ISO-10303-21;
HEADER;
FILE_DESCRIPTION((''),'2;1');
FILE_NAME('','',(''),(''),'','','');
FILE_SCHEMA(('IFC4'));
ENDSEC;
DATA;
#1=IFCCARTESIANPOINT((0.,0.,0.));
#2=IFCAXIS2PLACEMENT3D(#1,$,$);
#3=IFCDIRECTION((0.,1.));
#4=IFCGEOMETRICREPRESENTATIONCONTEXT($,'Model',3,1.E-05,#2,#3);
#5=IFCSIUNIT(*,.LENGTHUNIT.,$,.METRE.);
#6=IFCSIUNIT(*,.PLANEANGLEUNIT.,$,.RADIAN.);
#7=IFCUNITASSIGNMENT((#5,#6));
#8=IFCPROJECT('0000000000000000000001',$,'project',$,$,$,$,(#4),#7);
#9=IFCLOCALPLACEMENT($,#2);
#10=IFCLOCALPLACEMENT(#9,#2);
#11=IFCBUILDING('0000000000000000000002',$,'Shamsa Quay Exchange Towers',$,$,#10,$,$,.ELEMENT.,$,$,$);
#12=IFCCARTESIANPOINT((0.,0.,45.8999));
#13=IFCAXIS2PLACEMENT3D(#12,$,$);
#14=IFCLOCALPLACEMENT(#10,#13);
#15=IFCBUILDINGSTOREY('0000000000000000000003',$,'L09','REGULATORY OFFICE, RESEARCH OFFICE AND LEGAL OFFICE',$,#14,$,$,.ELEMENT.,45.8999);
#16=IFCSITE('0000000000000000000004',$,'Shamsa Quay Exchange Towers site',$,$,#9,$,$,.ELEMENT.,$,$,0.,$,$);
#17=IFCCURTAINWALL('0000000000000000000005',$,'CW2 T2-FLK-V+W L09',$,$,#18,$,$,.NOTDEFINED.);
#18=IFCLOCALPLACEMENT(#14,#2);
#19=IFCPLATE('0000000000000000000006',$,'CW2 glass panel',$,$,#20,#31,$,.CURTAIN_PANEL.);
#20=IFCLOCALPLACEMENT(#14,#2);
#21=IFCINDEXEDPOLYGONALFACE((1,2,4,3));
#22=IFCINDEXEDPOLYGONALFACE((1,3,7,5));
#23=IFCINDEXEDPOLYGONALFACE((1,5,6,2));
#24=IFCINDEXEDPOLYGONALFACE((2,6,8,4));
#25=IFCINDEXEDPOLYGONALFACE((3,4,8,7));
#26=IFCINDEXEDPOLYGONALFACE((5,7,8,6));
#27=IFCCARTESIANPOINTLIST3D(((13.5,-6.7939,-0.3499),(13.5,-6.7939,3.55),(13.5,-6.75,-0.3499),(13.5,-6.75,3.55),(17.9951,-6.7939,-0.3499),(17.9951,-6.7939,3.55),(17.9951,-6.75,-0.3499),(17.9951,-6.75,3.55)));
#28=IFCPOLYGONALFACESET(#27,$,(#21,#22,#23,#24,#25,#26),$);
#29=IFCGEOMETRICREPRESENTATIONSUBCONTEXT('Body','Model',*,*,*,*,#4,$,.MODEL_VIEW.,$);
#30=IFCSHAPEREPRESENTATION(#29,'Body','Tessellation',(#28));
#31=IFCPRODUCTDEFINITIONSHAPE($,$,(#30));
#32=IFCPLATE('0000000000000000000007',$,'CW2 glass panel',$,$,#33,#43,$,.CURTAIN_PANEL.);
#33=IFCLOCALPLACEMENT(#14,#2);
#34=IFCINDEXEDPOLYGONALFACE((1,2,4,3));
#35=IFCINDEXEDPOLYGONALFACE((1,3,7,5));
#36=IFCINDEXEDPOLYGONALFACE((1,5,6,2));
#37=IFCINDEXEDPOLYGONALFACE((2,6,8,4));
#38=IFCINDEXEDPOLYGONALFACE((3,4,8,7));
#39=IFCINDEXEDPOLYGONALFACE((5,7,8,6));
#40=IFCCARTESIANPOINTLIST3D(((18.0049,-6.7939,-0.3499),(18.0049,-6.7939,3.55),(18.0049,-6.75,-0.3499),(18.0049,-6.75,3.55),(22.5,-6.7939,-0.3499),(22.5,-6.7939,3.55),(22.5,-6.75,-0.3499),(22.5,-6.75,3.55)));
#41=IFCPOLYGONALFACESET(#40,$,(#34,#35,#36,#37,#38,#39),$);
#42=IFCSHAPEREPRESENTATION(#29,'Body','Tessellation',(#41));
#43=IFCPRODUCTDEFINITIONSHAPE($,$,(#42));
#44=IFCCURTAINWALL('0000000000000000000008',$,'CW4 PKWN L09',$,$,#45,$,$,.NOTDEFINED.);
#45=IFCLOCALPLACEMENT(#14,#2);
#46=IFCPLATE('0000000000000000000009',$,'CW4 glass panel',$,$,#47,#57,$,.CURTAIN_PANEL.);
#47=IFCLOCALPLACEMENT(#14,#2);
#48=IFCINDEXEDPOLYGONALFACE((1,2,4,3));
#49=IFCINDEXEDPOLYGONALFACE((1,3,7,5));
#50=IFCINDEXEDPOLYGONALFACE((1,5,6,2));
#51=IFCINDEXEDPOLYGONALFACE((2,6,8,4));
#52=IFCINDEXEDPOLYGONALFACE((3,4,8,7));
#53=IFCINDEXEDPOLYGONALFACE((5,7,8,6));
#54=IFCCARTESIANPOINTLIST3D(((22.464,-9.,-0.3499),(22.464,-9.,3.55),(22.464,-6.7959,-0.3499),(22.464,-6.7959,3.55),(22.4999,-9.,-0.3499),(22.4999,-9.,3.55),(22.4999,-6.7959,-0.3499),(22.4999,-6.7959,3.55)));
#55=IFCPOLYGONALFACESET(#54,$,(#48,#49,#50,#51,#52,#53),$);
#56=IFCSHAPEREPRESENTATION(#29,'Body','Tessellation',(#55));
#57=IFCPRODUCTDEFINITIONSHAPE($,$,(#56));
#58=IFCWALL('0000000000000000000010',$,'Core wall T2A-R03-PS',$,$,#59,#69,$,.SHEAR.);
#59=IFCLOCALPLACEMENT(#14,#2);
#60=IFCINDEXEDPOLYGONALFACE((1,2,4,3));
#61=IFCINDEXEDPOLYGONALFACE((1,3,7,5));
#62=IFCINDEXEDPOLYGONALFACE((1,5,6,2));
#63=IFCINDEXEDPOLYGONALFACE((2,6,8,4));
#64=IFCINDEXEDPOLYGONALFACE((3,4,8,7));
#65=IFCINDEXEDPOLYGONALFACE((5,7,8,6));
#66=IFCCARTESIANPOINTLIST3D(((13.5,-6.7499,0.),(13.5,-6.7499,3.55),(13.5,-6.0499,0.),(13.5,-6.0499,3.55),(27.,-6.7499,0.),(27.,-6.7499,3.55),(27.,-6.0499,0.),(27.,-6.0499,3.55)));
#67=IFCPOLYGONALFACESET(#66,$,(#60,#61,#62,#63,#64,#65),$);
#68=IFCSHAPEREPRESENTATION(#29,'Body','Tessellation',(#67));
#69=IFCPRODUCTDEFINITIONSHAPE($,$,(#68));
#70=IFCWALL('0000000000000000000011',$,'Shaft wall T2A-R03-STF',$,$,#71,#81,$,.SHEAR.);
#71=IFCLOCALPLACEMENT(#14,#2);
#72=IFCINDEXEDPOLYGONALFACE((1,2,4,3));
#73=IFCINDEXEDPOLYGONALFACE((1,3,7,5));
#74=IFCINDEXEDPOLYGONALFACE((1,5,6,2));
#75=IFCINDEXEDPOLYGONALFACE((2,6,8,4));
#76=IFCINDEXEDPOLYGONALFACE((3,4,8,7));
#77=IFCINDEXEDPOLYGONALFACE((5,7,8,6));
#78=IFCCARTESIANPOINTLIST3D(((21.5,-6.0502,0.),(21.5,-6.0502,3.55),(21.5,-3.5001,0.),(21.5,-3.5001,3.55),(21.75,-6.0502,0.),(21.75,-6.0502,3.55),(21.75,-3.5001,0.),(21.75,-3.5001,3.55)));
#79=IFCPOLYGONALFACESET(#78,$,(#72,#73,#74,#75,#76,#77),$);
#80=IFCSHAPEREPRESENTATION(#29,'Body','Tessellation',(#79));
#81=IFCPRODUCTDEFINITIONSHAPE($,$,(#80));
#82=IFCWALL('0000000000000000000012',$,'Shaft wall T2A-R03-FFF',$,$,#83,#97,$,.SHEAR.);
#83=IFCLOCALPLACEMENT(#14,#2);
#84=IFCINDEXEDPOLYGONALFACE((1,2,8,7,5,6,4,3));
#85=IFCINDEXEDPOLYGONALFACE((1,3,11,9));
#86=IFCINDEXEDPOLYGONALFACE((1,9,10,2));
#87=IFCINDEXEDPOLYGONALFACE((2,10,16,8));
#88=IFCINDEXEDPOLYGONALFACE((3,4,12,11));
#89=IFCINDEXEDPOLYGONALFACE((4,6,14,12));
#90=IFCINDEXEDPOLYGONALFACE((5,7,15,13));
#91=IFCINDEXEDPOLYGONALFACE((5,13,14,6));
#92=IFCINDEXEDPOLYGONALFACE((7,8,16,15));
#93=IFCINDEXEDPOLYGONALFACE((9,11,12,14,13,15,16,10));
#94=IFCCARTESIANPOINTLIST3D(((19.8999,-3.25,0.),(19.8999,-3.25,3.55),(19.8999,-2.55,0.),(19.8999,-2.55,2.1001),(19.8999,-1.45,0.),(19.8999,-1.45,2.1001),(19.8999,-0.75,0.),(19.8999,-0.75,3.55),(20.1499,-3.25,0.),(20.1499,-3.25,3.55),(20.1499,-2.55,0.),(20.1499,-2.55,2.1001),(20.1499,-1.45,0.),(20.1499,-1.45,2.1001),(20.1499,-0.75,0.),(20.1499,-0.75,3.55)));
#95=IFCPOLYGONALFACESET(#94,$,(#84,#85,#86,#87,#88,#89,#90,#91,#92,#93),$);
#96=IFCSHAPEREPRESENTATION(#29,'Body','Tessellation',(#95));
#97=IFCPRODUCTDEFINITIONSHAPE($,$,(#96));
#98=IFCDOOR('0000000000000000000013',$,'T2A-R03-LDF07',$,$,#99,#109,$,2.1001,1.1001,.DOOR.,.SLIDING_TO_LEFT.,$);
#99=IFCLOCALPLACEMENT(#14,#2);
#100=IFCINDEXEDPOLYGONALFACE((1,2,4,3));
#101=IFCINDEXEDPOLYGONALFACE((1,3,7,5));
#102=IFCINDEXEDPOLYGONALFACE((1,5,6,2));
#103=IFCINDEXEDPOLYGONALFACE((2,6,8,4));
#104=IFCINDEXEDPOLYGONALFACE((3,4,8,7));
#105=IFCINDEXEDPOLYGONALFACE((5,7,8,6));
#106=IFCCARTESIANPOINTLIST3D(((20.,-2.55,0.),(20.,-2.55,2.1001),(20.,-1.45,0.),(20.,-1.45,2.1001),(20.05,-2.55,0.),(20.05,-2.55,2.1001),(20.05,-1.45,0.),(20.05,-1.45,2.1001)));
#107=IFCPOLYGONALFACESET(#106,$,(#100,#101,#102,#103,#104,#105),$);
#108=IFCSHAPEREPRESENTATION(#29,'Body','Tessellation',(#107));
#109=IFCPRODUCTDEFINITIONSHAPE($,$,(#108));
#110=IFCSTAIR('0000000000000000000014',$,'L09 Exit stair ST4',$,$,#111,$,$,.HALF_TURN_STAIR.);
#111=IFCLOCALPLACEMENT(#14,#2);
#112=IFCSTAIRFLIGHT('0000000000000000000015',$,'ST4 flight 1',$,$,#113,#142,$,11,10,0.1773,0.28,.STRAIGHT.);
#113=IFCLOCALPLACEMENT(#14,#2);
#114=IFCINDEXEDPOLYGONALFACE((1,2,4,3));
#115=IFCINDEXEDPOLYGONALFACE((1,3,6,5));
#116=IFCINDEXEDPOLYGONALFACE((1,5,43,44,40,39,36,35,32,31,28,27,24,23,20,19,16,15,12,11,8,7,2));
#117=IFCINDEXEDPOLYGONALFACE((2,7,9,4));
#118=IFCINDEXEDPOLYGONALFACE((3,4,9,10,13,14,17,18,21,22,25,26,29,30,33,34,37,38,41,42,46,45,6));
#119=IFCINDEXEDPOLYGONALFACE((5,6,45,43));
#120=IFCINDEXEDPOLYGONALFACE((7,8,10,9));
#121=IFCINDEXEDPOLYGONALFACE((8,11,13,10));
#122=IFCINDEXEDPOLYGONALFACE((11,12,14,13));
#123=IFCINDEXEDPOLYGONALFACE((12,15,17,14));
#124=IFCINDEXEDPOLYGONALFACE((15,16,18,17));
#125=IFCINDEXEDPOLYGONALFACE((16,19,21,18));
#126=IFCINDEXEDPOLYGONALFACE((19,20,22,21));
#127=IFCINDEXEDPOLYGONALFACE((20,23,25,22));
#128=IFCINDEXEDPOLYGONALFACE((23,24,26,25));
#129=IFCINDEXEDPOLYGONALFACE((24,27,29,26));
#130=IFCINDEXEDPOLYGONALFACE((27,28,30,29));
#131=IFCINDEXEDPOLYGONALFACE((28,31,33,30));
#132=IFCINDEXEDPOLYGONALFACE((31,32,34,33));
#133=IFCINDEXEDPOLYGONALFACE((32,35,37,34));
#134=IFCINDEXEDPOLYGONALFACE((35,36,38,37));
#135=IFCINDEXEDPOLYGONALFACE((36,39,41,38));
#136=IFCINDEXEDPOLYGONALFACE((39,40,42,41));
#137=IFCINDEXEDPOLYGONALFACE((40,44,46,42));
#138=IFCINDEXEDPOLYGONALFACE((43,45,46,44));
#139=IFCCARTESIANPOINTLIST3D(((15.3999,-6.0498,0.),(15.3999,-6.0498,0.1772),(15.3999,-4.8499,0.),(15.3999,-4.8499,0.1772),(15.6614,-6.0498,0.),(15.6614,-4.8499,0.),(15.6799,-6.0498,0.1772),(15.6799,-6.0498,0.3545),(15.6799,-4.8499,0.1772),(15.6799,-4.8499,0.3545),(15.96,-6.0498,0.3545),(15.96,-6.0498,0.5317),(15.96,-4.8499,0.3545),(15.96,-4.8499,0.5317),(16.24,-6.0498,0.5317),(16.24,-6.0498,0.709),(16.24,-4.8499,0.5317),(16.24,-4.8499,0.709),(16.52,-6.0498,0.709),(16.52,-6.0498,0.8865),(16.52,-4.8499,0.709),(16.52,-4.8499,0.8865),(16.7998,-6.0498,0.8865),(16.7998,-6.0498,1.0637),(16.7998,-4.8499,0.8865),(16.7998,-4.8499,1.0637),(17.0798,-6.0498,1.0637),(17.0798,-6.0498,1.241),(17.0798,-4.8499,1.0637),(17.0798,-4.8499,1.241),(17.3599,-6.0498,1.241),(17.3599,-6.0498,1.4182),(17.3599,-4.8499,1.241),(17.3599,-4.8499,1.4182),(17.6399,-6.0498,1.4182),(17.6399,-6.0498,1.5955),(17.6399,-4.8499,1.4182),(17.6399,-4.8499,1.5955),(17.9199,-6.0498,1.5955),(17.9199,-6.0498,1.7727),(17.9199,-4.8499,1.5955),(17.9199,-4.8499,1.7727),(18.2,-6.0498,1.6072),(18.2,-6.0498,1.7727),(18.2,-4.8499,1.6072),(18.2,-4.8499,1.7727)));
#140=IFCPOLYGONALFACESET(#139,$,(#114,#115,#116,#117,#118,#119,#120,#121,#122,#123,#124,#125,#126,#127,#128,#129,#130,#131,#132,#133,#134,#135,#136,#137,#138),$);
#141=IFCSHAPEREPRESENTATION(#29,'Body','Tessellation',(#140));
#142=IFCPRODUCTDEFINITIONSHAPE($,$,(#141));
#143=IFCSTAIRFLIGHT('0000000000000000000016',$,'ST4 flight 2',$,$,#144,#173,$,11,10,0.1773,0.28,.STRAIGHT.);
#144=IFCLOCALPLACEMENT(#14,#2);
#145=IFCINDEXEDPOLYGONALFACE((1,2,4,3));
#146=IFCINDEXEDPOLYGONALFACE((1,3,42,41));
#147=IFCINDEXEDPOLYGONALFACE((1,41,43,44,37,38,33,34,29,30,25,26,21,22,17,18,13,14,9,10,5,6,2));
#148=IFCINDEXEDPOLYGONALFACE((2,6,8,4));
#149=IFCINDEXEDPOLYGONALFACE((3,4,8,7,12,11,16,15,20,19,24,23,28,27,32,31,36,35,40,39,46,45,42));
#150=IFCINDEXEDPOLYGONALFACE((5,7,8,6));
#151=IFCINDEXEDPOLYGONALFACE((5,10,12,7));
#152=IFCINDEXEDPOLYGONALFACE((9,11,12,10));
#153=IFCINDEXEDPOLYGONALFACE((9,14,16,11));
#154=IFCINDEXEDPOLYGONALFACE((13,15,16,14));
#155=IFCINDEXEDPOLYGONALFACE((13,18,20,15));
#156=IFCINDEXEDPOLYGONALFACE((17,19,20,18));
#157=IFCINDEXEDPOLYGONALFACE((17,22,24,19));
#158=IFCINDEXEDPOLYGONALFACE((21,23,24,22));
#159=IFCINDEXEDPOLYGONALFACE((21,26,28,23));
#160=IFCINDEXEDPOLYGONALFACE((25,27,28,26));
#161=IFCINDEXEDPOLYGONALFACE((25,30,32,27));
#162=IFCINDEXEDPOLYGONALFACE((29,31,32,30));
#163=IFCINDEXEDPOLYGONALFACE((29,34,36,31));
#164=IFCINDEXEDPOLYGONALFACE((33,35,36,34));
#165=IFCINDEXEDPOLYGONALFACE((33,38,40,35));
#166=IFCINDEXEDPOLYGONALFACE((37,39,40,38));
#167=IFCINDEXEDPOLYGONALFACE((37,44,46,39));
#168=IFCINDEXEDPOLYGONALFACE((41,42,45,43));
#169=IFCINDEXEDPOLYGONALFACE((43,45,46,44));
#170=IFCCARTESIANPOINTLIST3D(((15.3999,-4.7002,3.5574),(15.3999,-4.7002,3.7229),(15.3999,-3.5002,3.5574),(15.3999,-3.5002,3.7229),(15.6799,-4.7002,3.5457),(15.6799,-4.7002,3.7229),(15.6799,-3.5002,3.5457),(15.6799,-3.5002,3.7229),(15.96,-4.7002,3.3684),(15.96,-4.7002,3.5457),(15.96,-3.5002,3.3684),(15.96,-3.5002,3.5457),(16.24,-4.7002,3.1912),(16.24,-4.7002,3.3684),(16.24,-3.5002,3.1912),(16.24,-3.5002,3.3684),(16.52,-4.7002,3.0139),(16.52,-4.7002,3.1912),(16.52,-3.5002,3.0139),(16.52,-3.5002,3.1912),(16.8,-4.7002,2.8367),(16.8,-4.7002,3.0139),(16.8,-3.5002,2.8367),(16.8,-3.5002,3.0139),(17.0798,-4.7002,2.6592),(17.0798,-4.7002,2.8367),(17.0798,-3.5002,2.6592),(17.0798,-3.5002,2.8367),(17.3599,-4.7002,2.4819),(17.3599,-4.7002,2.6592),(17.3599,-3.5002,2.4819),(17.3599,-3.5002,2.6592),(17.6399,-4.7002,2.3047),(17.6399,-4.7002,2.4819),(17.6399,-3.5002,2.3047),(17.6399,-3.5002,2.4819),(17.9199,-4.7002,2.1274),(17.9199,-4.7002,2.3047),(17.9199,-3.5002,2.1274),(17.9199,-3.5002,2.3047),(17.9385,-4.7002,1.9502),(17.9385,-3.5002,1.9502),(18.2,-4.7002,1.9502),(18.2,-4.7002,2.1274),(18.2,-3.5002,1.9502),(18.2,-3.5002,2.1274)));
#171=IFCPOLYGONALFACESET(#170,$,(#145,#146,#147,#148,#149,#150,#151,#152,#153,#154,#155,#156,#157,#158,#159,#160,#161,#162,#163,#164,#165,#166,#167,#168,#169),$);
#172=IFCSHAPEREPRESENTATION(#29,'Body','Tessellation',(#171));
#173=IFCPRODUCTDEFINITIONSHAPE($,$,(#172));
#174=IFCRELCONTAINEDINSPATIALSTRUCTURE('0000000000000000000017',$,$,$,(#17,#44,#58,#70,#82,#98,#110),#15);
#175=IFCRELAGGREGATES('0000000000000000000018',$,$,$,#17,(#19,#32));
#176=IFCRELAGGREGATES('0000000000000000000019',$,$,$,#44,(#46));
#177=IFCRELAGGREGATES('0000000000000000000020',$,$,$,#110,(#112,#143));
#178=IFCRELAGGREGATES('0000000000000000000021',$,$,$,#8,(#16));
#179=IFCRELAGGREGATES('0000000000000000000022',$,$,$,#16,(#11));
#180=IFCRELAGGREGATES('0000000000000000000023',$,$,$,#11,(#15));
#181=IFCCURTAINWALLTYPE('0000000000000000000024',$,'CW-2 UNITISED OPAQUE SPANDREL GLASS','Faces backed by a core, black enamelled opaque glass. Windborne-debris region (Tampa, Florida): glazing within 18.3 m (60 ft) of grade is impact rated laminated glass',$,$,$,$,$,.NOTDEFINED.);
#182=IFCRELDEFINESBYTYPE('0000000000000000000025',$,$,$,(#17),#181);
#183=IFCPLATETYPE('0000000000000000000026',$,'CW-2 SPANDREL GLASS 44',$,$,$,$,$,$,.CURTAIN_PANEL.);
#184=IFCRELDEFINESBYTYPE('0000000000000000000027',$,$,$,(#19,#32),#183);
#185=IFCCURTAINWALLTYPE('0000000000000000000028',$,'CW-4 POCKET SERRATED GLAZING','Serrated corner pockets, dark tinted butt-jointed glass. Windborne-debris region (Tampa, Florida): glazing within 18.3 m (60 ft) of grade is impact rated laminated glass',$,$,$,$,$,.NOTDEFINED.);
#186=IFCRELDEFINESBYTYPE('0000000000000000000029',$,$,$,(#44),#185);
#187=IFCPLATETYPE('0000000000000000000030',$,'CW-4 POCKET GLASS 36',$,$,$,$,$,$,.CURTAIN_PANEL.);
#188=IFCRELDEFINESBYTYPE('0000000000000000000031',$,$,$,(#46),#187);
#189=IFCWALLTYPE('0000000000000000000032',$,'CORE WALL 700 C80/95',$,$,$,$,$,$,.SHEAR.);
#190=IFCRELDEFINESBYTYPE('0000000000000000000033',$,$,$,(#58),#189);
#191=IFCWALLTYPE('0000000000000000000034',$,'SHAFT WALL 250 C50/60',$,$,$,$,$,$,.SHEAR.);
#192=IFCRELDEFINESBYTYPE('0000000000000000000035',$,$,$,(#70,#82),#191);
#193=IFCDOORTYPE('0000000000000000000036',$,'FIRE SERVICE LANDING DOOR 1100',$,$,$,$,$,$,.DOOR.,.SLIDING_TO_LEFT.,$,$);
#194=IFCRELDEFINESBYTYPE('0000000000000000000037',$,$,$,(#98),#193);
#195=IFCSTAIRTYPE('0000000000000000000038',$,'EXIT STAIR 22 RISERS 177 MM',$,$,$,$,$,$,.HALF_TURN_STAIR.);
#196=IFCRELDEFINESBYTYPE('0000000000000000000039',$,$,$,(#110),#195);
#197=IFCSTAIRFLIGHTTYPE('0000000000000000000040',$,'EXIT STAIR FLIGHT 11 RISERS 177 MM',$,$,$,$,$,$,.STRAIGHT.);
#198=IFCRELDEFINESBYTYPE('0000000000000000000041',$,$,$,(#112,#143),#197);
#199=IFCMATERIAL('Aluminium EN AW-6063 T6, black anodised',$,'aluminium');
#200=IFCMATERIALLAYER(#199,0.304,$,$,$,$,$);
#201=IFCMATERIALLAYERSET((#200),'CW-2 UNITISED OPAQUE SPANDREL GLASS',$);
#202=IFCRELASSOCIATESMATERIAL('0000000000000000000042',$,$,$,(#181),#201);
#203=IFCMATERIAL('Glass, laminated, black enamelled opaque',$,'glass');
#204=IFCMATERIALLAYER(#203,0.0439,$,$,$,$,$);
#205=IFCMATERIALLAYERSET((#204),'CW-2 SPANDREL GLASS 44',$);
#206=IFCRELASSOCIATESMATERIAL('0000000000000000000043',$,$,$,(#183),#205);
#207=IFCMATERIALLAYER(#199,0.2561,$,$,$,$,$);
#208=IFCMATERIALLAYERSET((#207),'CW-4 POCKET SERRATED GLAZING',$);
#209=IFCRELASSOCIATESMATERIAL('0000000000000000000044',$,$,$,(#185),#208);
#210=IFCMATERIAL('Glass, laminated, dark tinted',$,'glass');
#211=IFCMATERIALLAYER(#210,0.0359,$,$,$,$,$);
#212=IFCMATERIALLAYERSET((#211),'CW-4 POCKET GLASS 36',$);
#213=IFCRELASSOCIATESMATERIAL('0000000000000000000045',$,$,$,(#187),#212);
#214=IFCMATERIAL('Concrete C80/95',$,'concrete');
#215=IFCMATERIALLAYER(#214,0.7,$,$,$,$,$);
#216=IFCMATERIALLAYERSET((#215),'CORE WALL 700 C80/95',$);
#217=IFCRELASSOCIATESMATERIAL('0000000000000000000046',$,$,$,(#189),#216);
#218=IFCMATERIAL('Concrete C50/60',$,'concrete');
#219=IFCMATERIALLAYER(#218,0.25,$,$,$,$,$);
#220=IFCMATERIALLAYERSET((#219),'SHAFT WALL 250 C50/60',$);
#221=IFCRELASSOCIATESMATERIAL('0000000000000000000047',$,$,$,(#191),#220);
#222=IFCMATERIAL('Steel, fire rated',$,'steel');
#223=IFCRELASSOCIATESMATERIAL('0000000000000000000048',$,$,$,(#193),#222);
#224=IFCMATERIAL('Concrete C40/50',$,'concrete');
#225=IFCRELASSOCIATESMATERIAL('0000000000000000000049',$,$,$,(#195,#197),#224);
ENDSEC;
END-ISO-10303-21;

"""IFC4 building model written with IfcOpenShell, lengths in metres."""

from ifc_helpers import new_model, si_unit, direction, frame, frame_2d, origin, origin_2d, place, context, subcontext, project, spatial, polyline, rectangle, outline, extrude, material, layer, layer_set, type_object, element, fill, aggregate, save


model = new_model("IFC4")

# Units and contexts
model_context = context("Model", 3, precision=1e-05, world=origin(), true_north=direction((0.0, 1.0)))
body_context = subcontext(model_context, "Body", "Model", "MODEL_VIEW")
ifc_project = project(units=[si_unit("LENGTHUNIT", "METRE"), si_unit("PLANEANGLEUNIT", "RADIAN")], contexts=[model_context])

# Site, building, storey
site_placement = place(None, origin())
site = spatial("IfcSite", under=ifc_project, at=site_placement, Name="Shamsa Quay Exchange Towers site", CompositionType="ELEMENT", RefElevation=0.0)
building_placement = place(site_placement, origin())
building = spatial("IfcBuilding", under=site, at=building_placement, Name="Shamsa Quay Exchange Towers", CompositionType="ELEMENT")
storey_placement = place(building_placement, frame((0.0, 0.0, 45.8999)))
storey = spatial("IfcBuildingStorey", under=building, at=storey_placement, Name="L09", Description="REGULATORY OFFICE, RESEARCH OFFICE AND LEGAL OFFICE", CompositionType="ELEMENT", Elevation=45.8999)

# Shared definitions
ifc_material_1 = material(Name="Aluminium EN AW-6063 T6, black anodised", Category="aluminium")

# Shared definitions
ifc_material_2 = material(Name="Glass, laminated, dark tinted", Category="glass")

# Curtain wall, plates
ifc_layer_1 = layer(ifc_material_1, 0.304)
ifc_layer_set_1 = layer_set([ifc_layer_1], Name="CW-2 UNITISED OPAQUE SPANDREL GLASS")
curtain_wall_type_1 = type_object("IfcCurtainWallType", Name="CW-2 UNITISED OPAQUE SPANDREL GLASS", Description="Faces backed by a core, black enamelled opaque glass. Windborne-debris region (Tampa, Florida): glazing within 18.3 m (60 ft) of grade is impact rated laminated glass", PredefinedType="NOTDEFINED", material=ifc_layer_set_1)
curtain_wall_1_placement = place(storey_placement, origin())
curtain_wall_1 = element("IfcCurtainWall", 1, at=curtain_wall_1_placement, inside=storey, type_object=curtain_wall_type_1, Name="CW2 T2-FLK-V+W L09", PredefinedType="NOTDEFINED")
ifc_material_3 = material(Name="Glass, laminated, black enamelled opaque", Category="glass")
ifc_layer_2 = layer(ifc_material_3, 0.0439)
ifc_layer_set_2 = layer_set([ifc_layer_2], Name="CW-2 SPANDREL GLASS 44")
plate_type_1 = type_object("IfcPlateType", Name="CW-2 SPANDREL GLASS 44", PredefinedType="CURTAIN_PANEL", material=ifc_layer_set_2)
plate_1_placement = place(storey_placement, frame((15.7476, -6.772, -0.3499)))
plate_1 = element("IfcPlate", 2, at=plate_1_placement, type_object=plate_type_1, Name="CW2 glass panel", PredefinedType="CURTAIN_PANEL", context=body_context, shape_type="SweptSolid", body=[
    extrude(rectangle(XDim=4.4951, YDim=0.0439, at=origin_2d()), origin(), (0.0, 0.0, 1.0), 3.8999),
])
plate_2_placement = place(storey_placement, frame((20.2524, -6.772, -0.3499)))
plate_2 = element("IfcPlate", 3, at=plate_2_placement, type_object=plate_type_1, Name="CW2 glass panel", PredefinedType="CURTAIN_PANEL", context=body_context, shape_type="SweptSolid", body=[
    extrude(rectangle(XDim=4.4951, YDim=0.0439, at=origin_2d()), origin(), (0.0, 0.0, 1.0), 3.8999),
])
aggregate(curtain_wall_1, [plate_1, plate_2])

# Curtain wall, plate
ifc_layer_3 = layer(ifc_material_1, 0.2561)
ifc_layer_set_3 = layer_set([ifc_layer_3], Name="CW-4 POCKET SERRATED GLAZING")
curtain_wall_type_2 = type_object("IfcCurtainWallType", Name="CW-4 POCKET SERRATED GLAZING", Description="Serrated corner pockets, dark tinted butt-jointed glass. Windborne-debris region (Tampa, Florida): glazing within 18.3 m (60 ft) of grade is impact rated laminated glass", PredefinedType="NOTDEFINED", material=ifc_layer_set_3)
curtain_wall_2_placement = place(storey_placement, origin())
curtain_wall_2 = element("IfcCurtainWall", 4, at=curtain_wall_2_placement, inside=storey, type_object=curtain_wall_type_2, Name="CW4 PKWN L09", PredefinedType="NOTDEFINED")
ifc_layer_4 = layer(ifc_material_2, 0.0359)
ifc_layer_set_4 = layer_set([ifc_layer_4], Name="CW-4 POCKET GLASS 36")
plate_type_2 = type_object("IfcPlateType", Name="CW-4 POCKET GLASS 36", PredefinedType="CURTAIN_PANEL", material=ifc_layer_set_4)
plate_3_placement = place(storey_placement, frame((22.4819, -7.8979, -0.3499), z_axis=(0.0, 0.0, 1.0), x_axis=(0.0, -1.0, 0.0)))
plate_3 = element("IfcPlate", 5, at=plate_3_placement, type_object=plate_type_2, Name="CW4 glass panel", PredefinedType="CURTAIN_PANEL", context=body_context, shape_type="SweptSolid", body=[
    extrude(rectangle(XDim=2.2041, YDim=0.0359, at=origin_2d()), origin(), (0.0, 0.0, 1.0), 3.8999),
])
aggregate(curtain_wall_2, [plate_3])

# Walls
ifc_material_4 = material(Name="Concrete C80/95", Category="concrete")
ifc_layer_5 = layer(ifc_material_4, 0.7)
ifc_layer_set_5 = layer_set([ifc_layer_5], Name="CORE WALL 700 C80/95")
wall_type_1 = type_object("IfcWallType", Name="CORE WALL 700 C80/95", PredefinedType="SHEAR", material=ifc_layer_set_5)
wall_1_placement = place(storey_placement, frame((13.5, -6.3999, 0.0)))
element("IfcWall", 6, at=wall_1_placement, inside=storey, type_object=wall_type_1, Name="Core wall T2A-R03-PS", PredefinedType="SHEAR", context=body_context, shape_type="SweptSolid", body=[
    extrude(rectangle(XDim=13.5, YDim=0.7, at=frame_2d((6.75, 0.0))), origin(), (0.0, 0.0, 1.0), 3.55),
])
ifc_material_5 = material(Name="Concrete C50/60", Category="concrete")
ifc_layer_6 = layer(ifc_material_5, 0.25)
ifc_layer_set_6 = layer_set([ifc_layer_6], Name="SHAFT WALL 250 C50/60")
wall_type_2 = type_object("IfcWallType", Name="SHAFT WALL 250 C50/60", PredefinedType="SHEAR", material=ifc_layer_set_6)
wall_2_placement = place(storey_placement, frame((21.625, -6.05, 0.0), z_axis=(0.0, 0.0, 1.0), x_axis=(0.0, 1.0, 0.0)))
element("IfcWall", 7, at=wall_2_placement, inside=storey, type_object=wall_type_2, Name="Shaft wall T2A-R03-STF", PredefinedType="SHEAR", context=body_context, shape_type="SweptSolid", body=[
    extrude(rectangle(XDim=2.55, YDim=0.25, at=frame_2d((1.2749, 0.0))), origin(), (0.0, 0.0, 1.0), 3.55),
])

# Wall, opening, door
wall_3_placement = place(storey_placement, frame((20.0249, -3.25, 0.0), z_axis=(0.0, 0.0, 1.0), x_axis=(0.0, 1.0, 0.0)))
wall_3 = element("IfcWall", 8, at=wall_3_placement, inside=storey, type_object=wall_type_2, Name="Shaft wall T2A-R03-FFF", PredefinedType="SHEAR", context=body_context, shape_type="SweptSolid", body=[
    extrude(rectangle(XDim=2.5, YDim=0.25, at=frame_2d((1.25, 0.0))), origin(), (0.0, 0.0, 1.0), 3.55),
])
opening_placement = place(wall_3_placement, frame((0.7, 0.0, 0.0)))
opening = element("IfcOpeningElement", 9, at=opening_placement, cuts=wall_3, PredefinedType="OPENING", context=body_context, shape_type="SweptSolid", body=[
    extrude(rectangle(XDim=1.1001, YDim=2.1001, at=frame_2d((0.55, 1.05))), frame((0.0, 0.135, 0.0), z_axis=(0.0, -1.0, 0.0), x_axis=(1.0, 0.0, 0.0)), (0.0, 0.0, 1.0), 0.27),
])
ifc_material_6 = material(Name="Steel, fire rated", Category="steel")
door_type = type_object("IfcDoorType", Name="FIRE SERVICE LANDING DOOR 1100", OperationType="SLIDING_TO_LEFT", PredefinedType="DOOR", material=ifc_material_6)
door_placement = place(opening_placement, origin())
door = element("IfcDoor", 10, at=door_placement, inside=storey, type_object=door_type, Name="T2A-R03-LDF07", OperationType="SLIDING_TO_LEFT", OverallHeight=2.1001, OverallWidth=1.1001, PredefinedType="DOOR", context=body_context, shape_type="SweptSolid", body=[
    extrude(rectangle(XDim=1.1001, YDim=2.1001, at=frame_2d((0.55, 1.05))), frame((0.0, 0.0249, 0.0), z_axis=(0.0, -1.0, 0.0), x_axis=(1.0, 0.0, 0.0)), (0.0, 0.0, 1.0), 0.05),
])
fill(opening, door)

# Stair, stair flights
ifc_material_7 = material(Name="Concrete C40/50", Category="concrete")
stair_type = type_object("IfcStairType", Name="EXIT STAIR 22 RISERS 177 MM", PredefinedType="HALF_TURN_STAIR", material=ifc_material_7)
stair_placement = place(storey_placement, origin())
stair = element("IfcStair", 11, at=stair_placement, inside=storey, type_object=stair_type, Name="L09 Exit stair ST4", PredefinedType="HALF_TURN_STAIR")
stair_flight_type = type_object("IfcStairFlightType", Name="EXIT STAIR FLIGHT 11 RISERS 177 MM", PredefinedType="STRAIGHT", material=ifc_material_7)
stair_flight_1_placement = place(storey_placement, frame((15.3999, -5.45, 0.0)))
stair_flight_1 = element("IfcStairFlight", 12, at=stair_flight_1_placement, type_object=stair_flight_type, Name="ST4 flight 1", NumberOfRisers=11, NumberOfTreads=10, PredefinedType="STRAIGHT", RiserHeight=0.1773, TreadLength=0.28, context=body_context, shape_type="SweptSolid", body=[
    extrude(outline(polyline([(0.0, 0.0), (0.0, 0.1772), (0.28, 0.1772), (0.28, 0.3545), (0.5601, 0.3545), (0.5601, 0.5317), (0.8401, 0.5317), (0.8401, 0.709), (1.1201, 0.709), (1.1201, 0.8865), (1.3999, 0.8865), (1.3999, 1.0637), (1.6799, 1.0637), (1.6799, 1.241), (1.96, 1.241), (1.96, 1.4182), (2.24, 1.4182), (2.24, 1.5955), (2.52, 1.5955), (2.52, 1.7727), (2.8, 1.7727), (2.8, 1.95), (2.8, 1.6072), (0.2615, 0.0), (0.0, 0.0)])), frame((0.0, 0.6001, 0.0), z_axis=(0.0, -1.0, 0.0), x_axis=(1.0, 0.0, 0.0)), (0.0, 0.0, 1.0), 1.2),
])
stair_flight_2_placement = place(storey_placement, frame((18.2, -4.1001, 1.9502), z_axis=(0.0, 0.0, 1.0), x_axis=(-1.0, 0.0, 0.0)))
stair_flight_2 = element("IfcStairFlight", 13, at=stair_flight_2_placement, type_object=stair_flight_type, Name="ST4 flight 2", NumberOfRisers=11, NumberOfTreads=10, PredefinedType="STRAIGHT", RiserHeight=0.1773, TreadLength=0.28, context=body_context, shape_type="SweptSolid", body=[
    extrude(outline(polyline([(0.0, 0.0), (0.0, 0.1772), (0.28, 0.1772), (0.28, 0.3545), (0.5601, 0.3545), (0.5601, 0.5317), (0.8401, 0.5317), (0.8401, 0.709), (1.1201, 0.709), (1.1201, 0.8865), (1.3999, 0.8865), (1.3999, 1.0637), (1.6799, 1.0637), (1.6799, 1.241), (1.96, 1.241), (1.96, 1.4182), (2.24, 1.4182), (2.24, 1.5955), (2.52, 1.5955), (2.52, 1.7727), (2.8, 1.7727), (2.8, 1.95), (2.8, 1.6072), (0.2615, 0.0), (0.0, 0.0)])), frame((0.0, 0.6001, 0.0), z_axis=(0.0, -1.0, 0.0), x_axis=(1.0, 0.0, 0.0)), (0.0, 0.0, 1.0), 1.2),
])
aggregate(stair, [stair_flight_1, stair_flight_2])

save(model, "model.ifc")
